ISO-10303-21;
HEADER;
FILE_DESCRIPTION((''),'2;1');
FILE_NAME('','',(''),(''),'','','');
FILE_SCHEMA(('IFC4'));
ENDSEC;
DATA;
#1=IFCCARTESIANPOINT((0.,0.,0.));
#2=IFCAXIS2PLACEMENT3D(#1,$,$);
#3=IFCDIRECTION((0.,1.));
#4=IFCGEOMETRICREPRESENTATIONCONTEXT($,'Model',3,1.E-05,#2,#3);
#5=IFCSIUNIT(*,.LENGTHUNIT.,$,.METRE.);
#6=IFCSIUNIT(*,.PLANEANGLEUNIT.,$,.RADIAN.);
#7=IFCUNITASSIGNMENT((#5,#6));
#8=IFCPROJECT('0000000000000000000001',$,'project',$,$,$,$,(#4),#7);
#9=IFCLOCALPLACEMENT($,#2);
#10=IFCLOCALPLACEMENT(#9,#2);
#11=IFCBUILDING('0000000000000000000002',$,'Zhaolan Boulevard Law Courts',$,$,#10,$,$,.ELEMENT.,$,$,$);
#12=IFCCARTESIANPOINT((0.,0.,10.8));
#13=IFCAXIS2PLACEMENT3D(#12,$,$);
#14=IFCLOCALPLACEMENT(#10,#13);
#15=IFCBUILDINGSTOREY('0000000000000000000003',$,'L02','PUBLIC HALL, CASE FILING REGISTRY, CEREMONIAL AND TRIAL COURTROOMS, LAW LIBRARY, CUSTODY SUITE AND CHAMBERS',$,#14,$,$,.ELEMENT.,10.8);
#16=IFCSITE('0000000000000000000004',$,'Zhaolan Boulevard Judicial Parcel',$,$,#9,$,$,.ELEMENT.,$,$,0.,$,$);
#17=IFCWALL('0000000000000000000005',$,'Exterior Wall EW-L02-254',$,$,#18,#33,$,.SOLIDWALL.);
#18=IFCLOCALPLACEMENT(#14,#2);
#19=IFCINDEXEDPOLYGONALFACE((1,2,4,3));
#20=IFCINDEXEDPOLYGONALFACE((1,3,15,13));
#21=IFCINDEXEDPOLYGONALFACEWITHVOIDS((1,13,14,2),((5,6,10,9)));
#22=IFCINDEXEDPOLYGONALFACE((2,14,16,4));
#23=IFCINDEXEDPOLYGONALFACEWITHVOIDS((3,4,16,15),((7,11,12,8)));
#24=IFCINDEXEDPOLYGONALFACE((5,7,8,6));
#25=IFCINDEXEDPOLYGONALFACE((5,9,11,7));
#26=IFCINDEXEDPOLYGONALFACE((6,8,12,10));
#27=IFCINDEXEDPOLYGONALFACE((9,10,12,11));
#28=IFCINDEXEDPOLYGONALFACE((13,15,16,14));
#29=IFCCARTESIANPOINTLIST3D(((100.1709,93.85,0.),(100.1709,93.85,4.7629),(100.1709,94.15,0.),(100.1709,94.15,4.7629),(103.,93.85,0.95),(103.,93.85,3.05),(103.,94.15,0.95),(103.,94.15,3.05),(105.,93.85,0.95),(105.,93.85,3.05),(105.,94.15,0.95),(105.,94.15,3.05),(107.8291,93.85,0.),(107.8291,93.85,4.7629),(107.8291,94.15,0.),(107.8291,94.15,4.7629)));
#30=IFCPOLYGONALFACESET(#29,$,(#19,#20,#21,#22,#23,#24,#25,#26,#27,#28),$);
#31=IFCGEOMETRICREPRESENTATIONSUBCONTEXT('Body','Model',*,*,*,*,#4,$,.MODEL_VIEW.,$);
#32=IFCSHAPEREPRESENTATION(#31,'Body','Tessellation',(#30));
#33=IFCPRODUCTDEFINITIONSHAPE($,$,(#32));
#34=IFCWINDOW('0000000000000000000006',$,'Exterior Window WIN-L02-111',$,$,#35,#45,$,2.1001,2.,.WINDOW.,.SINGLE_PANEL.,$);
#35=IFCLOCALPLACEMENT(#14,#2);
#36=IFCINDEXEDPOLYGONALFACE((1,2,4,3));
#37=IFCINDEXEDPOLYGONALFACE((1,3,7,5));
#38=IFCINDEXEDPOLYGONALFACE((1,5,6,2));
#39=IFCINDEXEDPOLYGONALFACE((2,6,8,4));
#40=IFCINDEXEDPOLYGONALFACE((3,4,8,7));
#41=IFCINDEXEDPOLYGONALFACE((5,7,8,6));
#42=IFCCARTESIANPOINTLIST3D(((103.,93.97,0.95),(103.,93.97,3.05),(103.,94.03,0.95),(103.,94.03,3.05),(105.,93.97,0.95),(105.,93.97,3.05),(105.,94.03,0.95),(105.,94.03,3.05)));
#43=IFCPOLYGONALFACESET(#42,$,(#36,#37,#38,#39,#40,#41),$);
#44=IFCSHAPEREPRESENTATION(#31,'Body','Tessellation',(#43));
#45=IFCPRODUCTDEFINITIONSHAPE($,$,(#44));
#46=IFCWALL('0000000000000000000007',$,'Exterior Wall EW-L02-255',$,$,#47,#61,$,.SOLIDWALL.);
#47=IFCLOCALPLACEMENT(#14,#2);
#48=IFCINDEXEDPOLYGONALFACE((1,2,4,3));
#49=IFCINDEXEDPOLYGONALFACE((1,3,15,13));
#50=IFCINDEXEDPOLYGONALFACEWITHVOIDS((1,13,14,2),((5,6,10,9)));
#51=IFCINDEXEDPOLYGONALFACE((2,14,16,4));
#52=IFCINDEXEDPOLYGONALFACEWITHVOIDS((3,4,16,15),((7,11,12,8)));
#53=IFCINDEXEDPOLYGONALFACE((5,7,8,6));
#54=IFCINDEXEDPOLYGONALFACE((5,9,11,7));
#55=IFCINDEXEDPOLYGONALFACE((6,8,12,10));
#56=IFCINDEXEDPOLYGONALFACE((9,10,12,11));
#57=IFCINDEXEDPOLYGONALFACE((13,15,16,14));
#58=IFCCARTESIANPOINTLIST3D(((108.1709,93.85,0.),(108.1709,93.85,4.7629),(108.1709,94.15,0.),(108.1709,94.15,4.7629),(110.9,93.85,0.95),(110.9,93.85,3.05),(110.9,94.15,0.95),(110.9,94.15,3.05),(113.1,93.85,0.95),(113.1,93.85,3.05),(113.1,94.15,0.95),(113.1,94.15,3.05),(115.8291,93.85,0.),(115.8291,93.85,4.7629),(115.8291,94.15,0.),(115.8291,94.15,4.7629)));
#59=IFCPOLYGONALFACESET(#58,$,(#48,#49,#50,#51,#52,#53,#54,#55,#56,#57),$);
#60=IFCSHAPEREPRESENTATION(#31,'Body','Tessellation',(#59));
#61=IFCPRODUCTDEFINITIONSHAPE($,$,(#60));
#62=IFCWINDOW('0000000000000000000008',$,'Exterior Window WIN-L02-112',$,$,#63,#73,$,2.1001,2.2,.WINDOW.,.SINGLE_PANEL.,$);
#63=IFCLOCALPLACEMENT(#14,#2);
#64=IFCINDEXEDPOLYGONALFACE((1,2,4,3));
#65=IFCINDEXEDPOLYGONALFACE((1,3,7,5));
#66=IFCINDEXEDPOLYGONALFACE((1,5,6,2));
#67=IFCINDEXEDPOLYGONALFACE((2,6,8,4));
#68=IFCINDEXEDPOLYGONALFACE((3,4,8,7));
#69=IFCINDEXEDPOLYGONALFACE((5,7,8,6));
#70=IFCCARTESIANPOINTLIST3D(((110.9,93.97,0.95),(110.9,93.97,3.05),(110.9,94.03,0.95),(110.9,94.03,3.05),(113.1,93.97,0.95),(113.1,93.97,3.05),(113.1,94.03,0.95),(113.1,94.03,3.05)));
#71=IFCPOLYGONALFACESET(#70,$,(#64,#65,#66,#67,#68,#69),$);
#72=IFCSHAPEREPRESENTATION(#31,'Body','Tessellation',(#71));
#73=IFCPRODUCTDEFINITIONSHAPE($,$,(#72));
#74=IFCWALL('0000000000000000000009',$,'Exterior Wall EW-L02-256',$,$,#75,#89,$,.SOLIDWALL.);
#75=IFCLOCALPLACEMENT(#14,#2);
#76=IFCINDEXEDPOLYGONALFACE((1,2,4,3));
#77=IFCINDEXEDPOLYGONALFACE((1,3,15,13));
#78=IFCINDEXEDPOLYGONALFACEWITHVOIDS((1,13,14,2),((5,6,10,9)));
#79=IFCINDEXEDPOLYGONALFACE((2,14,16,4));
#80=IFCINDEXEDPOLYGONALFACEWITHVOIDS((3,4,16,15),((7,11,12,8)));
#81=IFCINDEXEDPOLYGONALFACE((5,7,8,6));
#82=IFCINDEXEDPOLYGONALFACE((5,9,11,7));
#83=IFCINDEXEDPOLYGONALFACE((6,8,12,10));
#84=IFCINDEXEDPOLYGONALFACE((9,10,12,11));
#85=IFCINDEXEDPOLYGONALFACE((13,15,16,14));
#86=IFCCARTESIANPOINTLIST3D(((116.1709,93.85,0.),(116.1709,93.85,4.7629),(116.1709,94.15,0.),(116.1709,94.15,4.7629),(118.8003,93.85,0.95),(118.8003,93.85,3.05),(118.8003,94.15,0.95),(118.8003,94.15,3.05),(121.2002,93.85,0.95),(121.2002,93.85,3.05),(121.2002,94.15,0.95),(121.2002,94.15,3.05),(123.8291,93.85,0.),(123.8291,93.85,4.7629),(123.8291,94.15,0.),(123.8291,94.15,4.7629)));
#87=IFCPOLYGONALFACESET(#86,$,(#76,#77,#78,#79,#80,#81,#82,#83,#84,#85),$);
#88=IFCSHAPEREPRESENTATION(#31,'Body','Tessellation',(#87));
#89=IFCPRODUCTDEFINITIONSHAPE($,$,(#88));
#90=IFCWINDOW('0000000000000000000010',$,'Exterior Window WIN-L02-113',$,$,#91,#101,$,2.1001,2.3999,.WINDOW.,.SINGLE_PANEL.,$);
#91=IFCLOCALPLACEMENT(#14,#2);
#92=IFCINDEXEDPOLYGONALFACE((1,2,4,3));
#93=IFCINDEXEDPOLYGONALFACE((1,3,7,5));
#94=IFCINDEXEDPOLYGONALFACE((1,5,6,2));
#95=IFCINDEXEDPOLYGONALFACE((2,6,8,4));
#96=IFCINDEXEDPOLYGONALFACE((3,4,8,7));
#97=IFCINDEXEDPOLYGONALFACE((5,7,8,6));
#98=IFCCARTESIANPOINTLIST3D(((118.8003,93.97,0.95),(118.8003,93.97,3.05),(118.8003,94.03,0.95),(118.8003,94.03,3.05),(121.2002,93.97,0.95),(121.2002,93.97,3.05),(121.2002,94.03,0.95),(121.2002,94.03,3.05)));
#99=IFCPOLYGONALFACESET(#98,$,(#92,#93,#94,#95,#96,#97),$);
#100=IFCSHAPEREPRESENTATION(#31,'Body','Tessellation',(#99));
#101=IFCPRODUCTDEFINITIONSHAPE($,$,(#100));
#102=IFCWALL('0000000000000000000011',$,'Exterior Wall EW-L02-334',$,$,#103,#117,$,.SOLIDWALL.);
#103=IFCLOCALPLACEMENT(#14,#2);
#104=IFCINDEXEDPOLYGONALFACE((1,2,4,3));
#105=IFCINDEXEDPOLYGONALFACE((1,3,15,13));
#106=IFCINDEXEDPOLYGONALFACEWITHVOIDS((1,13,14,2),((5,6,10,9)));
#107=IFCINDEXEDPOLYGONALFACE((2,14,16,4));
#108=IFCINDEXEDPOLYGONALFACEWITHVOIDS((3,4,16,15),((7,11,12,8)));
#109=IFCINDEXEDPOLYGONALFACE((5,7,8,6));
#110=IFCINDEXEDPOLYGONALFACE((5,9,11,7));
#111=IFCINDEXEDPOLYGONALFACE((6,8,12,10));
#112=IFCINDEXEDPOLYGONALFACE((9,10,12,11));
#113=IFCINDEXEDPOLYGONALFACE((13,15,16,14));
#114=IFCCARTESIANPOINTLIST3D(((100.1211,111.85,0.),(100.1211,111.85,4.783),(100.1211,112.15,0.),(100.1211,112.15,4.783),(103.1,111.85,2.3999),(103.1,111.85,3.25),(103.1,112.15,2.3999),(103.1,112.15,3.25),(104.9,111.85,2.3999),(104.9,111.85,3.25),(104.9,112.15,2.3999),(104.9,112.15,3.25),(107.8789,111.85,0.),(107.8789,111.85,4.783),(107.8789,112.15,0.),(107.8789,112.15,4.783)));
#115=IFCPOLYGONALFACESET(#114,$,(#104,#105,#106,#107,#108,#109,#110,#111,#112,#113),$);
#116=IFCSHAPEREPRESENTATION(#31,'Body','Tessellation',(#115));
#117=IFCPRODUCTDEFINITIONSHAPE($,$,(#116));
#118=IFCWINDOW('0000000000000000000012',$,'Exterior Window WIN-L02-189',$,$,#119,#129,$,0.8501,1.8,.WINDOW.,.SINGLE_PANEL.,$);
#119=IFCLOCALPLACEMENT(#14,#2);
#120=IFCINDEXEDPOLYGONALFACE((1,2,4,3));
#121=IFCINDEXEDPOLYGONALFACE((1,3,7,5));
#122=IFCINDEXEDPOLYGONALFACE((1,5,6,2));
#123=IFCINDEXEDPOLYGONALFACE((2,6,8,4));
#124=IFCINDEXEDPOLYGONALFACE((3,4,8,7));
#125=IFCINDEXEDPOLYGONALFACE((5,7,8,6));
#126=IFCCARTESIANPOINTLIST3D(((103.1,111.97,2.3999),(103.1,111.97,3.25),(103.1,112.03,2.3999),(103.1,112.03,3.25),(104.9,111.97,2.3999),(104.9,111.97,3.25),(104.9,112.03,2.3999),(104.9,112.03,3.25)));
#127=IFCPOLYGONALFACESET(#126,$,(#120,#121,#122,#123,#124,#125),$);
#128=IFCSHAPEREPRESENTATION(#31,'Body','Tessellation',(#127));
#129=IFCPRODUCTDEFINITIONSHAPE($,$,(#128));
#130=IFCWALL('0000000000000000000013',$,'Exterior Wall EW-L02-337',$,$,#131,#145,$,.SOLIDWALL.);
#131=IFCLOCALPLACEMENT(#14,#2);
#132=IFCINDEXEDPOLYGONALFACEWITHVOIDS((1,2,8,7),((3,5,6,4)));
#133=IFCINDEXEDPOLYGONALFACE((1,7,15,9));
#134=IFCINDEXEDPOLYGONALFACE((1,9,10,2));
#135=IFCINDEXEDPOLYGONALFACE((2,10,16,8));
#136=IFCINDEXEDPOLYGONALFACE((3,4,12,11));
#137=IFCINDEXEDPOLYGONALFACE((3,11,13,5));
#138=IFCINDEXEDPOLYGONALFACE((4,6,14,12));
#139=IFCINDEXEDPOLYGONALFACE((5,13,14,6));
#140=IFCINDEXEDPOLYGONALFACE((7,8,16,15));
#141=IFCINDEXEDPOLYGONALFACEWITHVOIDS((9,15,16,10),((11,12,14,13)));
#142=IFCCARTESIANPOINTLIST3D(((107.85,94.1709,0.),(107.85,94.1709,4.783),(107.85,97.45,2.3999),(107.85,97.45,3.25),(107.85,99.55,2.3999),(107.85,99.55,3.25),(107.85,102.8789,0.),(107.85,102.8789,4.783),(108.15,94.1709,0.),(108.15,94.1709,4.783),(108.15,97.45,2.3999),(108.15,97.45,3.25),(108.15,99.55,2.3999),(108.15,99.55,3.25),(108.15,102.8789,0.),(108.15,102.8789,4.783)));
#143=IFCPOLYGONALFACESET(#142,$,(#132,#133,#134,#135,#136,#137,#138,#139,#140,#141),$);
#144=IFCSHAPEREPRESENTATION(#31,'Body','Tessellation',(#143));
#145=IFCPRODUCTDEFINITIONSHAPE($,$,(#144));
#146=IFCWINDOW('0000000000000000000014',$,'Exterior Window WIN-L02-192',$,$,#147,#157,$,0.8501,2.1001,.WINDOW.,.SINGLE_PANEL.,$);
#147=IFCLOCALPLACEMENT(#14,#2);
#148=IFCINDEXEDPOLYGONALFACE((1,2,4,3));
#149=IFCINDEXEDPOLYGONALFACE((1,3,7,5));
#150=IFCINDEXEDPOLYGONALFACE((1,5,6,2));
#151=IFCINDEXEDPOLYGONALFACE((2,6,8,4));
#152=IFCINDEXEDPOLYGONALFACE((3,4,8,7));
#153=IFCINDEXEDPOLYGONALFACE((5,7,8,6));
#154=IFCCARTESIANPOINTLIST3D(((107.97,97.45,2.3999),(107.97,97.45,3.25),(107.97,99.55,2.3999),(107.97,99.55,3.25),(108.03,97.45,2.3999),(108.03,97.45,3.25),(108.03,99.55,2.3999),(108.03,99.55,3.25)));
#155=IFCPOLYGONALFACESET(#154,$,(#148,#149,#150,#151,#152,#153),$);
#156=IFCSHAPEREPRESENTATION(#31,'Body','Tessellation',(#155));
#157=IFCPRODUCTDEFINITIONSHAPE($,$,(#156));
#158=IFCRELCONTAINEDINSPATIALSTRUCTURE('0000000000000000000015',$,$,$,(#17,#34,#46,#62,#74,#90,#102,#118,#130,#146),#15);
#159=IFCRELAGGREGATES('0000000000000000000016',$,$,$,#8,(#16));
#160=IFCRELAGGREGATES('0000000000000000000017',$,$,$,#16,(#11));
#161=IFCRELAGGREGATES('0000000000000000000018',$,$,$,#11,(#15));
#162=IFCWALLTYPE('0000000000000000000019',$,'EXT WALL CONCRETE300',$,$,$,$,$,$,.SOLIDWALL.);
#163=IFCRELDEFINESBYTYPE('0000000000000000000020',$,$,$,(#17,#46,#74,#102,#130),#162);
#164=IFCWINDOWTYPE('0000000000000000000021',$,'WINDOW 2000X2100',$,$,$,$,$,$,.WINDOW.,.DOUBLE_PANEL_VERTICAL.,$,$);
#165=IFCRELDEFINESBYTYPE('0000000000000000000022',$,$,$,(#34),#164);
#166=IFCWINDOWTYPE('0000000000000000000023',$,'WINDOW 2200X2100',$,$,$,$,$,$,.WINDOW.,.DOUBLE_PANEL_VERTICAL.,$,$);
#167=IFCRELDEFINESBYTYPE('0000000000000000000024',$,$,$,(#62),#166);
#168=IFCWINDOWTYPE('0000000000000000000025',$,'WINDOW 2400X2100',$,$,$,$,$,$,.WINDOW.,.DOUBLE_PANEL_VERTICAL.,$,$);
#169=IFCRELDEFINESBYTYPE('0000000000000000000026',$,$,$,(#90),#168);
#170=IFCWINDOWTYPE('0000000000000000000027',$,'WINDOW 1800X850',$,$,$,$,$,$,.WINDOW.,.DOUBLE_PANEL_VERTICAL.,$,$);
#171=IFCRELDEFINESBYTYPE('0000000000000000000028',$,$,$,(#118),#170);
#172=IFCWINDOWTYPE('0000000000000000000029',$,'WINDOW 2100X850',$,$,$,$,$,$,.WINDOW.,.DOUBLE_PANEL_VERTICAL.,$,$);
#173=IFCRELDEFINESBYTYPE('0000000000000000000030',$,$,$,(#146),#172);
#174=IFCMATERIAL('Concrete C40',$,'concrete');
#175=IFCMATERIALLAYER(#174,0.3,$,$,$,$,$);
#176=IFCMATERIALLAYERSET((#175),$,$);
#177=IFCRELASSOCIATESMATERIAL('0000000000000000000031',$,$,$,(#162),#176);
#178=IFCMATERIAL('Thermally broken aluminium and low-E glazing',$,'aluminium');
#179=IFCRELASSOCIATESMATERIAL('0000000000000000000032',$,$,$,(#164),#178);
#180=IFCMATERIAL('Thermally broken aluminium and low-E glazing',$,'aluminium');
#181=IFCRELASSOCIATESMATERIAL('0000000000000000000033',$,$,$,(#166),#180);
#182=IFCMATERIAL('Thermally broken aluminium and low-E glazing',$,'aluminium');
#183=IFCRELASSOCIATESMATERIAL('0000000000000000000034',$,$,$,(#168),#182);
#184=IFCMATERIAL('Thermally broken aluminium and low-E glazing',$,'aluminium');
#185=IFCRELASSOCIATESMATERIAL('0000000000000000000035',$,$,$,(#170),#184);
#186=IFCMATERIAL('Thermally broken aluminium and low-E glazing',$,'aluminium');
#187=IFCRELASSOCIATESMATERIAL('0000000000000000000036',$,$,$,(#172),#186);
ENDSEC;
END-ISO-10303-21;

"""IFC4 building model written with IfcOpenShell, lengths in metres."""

from ifc_helpers import new_model, si_unit, direction, frame, frame_2d, origin, place, context, subcontext, project, spatial, rectangle, extrude, material, layer, layer_set, type_object, element, fill, save


model = new_model("IFC4")

# Units and contexts
model_context = context("Model", 3, precision=1e-05, world=origin(), true_north=direction((0.0, 1.0)))
body_context = subcontext(model_context, "Body", "Model", "MODEL_VIEW")
ifc_project = project(units=[si_unit("LENGTHUNIT", "METRE"), si_unit("PLANEANGLEUNIT", "RADIAN")], contexts=[model_context])

# Site, building, storey
site_placement = place(None, origin())
site = spatial("IfcSite", under=ifc_project, at=site_placement, Name="Zhaolan Boulevard Judicial Parcel", CompositionType="ELEMENT", RefElevation=0.0)
building_placement = place(site_placement, origin())
building = spatial("IfcBuilding", under=site, at=building_placement, Name="Zhaolan Boulevard Law Courts", CompositionType="ELEMENT")
storey_placement = place(building_placement, frame((0.0, 0.0, 10.8)))
storey = spatial("IfcBuildingStorey", under=building, at=storey_placement, Name="L02", Description="PUBLIC HALL, CASE FILING REGISTRY, CEREMONIAL AND TRIAL COURTROOMS, LAW LIBRARY, CUSTODY SUITE AND CHAMBERS", CompositionType="ELEMENT", Elevation=10.8)

# Walls, openings, windows
ifc_material_1 = material(Name="Concrete C40", Category="concrete")
ifc_layer_1 = layer(ifc_material_1, 0.3)
ifc_layer_set_1 = layer_set([ifc_layer_1])
wall_type_1 = type_object("IfcWallType", Name="EXT WALL CONCRETE300", PredefinedType="SOLIDWALL", material=ifc_layer_set_1)
wall_1_placement = place(storey_placement, frame((107.8291, 94.0, 0.0), z_axis=(0.0, 0.0, 1.0), x_axis=(-1.0, 0.0, 0.0)))
wall_1 = element("IfcWall", 1, at=wall_1_placement, inside=storey, type_object=wall_type_1, Name="Exterior Wall EW-L02-254", PredefinedType="SOLIDWALL", context=body_context, shape_type="SweptSolid", body=[
    extrude(rectangle(XDim=7.6582, YDim=0.3, at=frame_2d((3.8291, 0.0))), origin(), (0.0, 0.0, 1.0), 4.7629),
])
opening_1_placement = place(wall_1_placement, frame((2.8291, 0.0, 0.95)))
opening_1 = element("IfcOpeningElement", 2, at=opening_1_placement, cuts=wall_1, PredefinedType="OPENING", context=body_context, shape_type="SweptSolid", body=[
    extrude(rectangle(XDim=2.0, YDim=2.1001, at=frame_2d((1.0, 1.05))), frame((0.0, 0.1599, 0.0), z_axis=(0.0, -1.0, 0.0), x_axis=(1.0, 0.0, 0.0)), (0.0, 0.0, 1.0), 0.3201),
])
ifc_material_2 = material(Name="Thermally broken aluminium and low-E glazing", Category="aluminium")
window_type_1 = type_object("IfcWindowType", Name="WINDOW 2000X2100", PartitioningType="DOUBLE_PANEL_VERTICAL", PredefinedType="WINDOW", material=ifc_material_2)
window_1_placement = place(opening_1_placement, origin())
window_1 = element("IfcWindow", 3, at=window_1_placement, inside=storey, type_object=window_type_1, Name="Exterior Window WIN-L02-111", OverallHeight=2.1001, OverallWidth=2.0, PartitioningType="SINGLE_PANEL", PredefinedType="WINDOW", context=body_context, shape_type="SweptSolid", body=[
    extrude(rectangle(XDim=2.0, YDim=2.1001, at=frame_2d((1.0, 1.05))), frame((0.0, 0.03, 0.0), z_axis=(0.0, -1.0, 0.0), x_axis=(1.0, 0.0, 0.0)), (0.0, 0.0, 1.0), 0.0601),
])
fill(opening_1, window_1)
wall_2_placement = place(storey_placement, frame((115.8291, 94.0, 0.0), z_axis=(0.0, 0.0, 1.0), x_axis=(-1.0, 0.0, 0.0)))
wall_2 = element("IfcWall", 4, at=wall_2_placement, inside=storey, type_object=wall_type_1, Name="Exterior Wall EW-L02-255", PredefinedType="SOLIDWALL", context=body_context, shape_type="SweptSolid", body=[
    extrude(rectangle(XDim=7.6582, YDim=0.3, at=frame_2d((3.8291, 0.0))), origin(), (0.0, 0.0, 1.0), 4.7629),
])
opening_2_placement = place(wall_2_placement, frame((2.729, 0.0, 0.95)))
opening_2 = element("IfcOpeningElement", 5, at=opening_2_placement, cuts=wall_2, PredefinedType="OPENING", context=body_context, shape_type="SweptSolid", body=[
    extrude(rectangle(XDim=2.2, YDim=2.1001, at=frame_2d((1.1001, 1.05))), frame((0.0, 0.1599, 0.0), z_axis=(0.0, -1.0, 0.0), x_axis=(1.0, 0.0, 0.0)), (0.0, 0.0, 1.0), 0.3201),
])
ifc_material_3 = material(Name="Thermally broken aluminium and low-E glazing", Category="aluminium")
window_type_2 = type_object("IfcWindowType", Name="WINDOW 2200X2100", PartitioningType="DOUBLE_PANEL_VERTICAL", PredefinedType="WINDOW", material=ifc_material_3)
window_2_placement = place(opening_2_placement, origin())
window_2 = element("IfcWindow", 6, at=window_2_placement, inside=storey, type_object=window_type_2, Name="Exterior Window WIN-L02-112", OverallHeight=2.1001, OverallWidth=2.2, PartitioningType="SINGLE_PANEL", PredefinedType="WINDOW", context=body_context, shape_type="SweptSolid", body=[
    extrude(rectangle(XDim=2.2, YDim=2.1001, at=frame_2d((1.1001, 1.05))), frame((0.0, 0.03, 0.0), z_axis=(0.0, -1.0, 0.0), x_axis=(1.0, 0.0, 0.0)), (0.0, 0.0, 1.0), 0.0601),
])
fill(opening_2, window_2)
wall_3_placement = place(storey_placement, frame((123.8291, 94.0, 0.0), z_axis=(0.0, 0.0, 1.0), x_axis=(-1.0, 0.0, 0.0)))
wall_3 = element("IfcWall", 7, at=wall_3_placement, inside=storey, type_object=wall_type_1, Name="Exterior Wall EW-L02-256", PredefinedType="SOLIDWALL", context=body_context, shape_type="SweptSolid", body=[
    extrude(rectangle(XDim=7.6582, YDim=0.3, at=frame_2d((3.8291, 0.0))), origin(), (0.0, 0.0, 1.0), 4.7629),
])
opening_3_placement = place(wall_3_placement, frame((2.6289, 0.0, 0.95)))
opening_3 = element("IfcOpeningElement", 8, at=opening_3_placement, cuts=wall_3, PredefinedType="OPENING", context=body_context, shape_type="SweptSolid", body=[
    extrude(rectangle(XDim=2.3999, YDim=2.1001, at=frame_2d((1.2, 1.05))), frame((0.0, 0.1599, 0.0), z_axis=(0.0, -1.0, 0.0), x_axis=(1.0, 0.0, 0.0)), (0.0, 0.0, 1.0), 0.3201),
])
ifc_material_4 = material(Name="Thermally broken aluminium and low-E glazing", Category="aluminium")
window_type_3 = type_object("IfcWindowType", Name="WINDOW 2400X2100", PartitioningType="DOUBLE_PANEL_VERTICAL", PredefinedType="WINDOW", material=ifc_material_4)
window_3_placement = place(opening_3_placement, origin())
window_3 = element("IfcWindow", 9, at=window_3_placement, inside=storey, type_object=window_type_3, Name="Exterior Window WIN-L02-113", OverallHeight=2.1001, OverallWidth=2.3999, PartitioningType="SINGLE_PANEL", PredefinedType="WINDOW", context=body_context, shape_type="SweptSolid", body=[
    extrude(rectangle(XDim=2.3999, YDim=2.1001, at=frame_2d((1.2, 1.05))), frame((0.0, 0.03, 0.0), z_axis=(0.0, -1.0, 0.0), x_axis=(1.0, 0.0, 0.0)), (0.0, 0.0, 1.0), 0.0601),
])
fill(opening_3, window_3)
wall_4_placement = place(storey_placement, frame((107.8789, 112.0, 0.0), z_axis=(0.0, 0.0, 1.0), x_axis=(-1.0, 0.0, 0.0)))
wall_4 = element("IfcWall", 10, at=wall_4_placement, inside=storey, type_object=wall_type_1, Name="Exterior Wall EW-L02-334", PredefinedType="SOLIDWALL", context=body_context, shape_type="SweptSolid", body=[
    extrude(rectangle(XDim=7.7578, YDim=0.3, at=frame_2d((3.8789, 0.0))), origin(), (0.0, 0.0, 1.0), 4.783),
])
opening_4_placement = place(wall_4_placement, frame((2.979, 0.0, 2.3999)))
opening_4 = element("IfcOpeningElement", 11, at=opening_4_placement, cuts=wall_4, PredefinedType="OPENING", context=body_context, shape_type="SweptSolid", body=[
    extrude(rectangle(XDim=1.8, YDim=0.8501, at=frame_2d((0.8999, 0.425))), frame((0.0, 0.1599, 0.0), z_axis=(0.0, -1.0, 0.0), x_axis=(1.0, 0.0, 0.0)), (0.0, 0.0, 1.0), 0.3201),
])
ifc_material_5 = material(Name="Thermally broken aluminium and low-E glazing", Category="aluminium")
window_type_4 = type_object("IfcWindowType", Name="WINDOW 1800X850", PartitioningType="DOUBLE_PANEL_VERTICAL", PredefinedType="WINDOW", material=ifc_material_5)
window_4_placement = place(opening_4_placement, origin())
window_4 = element("IfcWindow", 12, at=window_4_placement, inside=storey, type_object=window_type_4, Name="Exterior Window WIN-L02-189", OverallHeight=0.8501, OverallWidth=1.8, PartitioningType="SINGLE_PANEL", PredefinedType="WINDOW", context=body_context, shape_type="SweptSolid", body=[
    extrude(rectangle(XDim=1.8, YDim=0.8501, at=frame_2d((0.8999, 0.425))), frame((0.0, 0.03, 0.0), z_axis=(0.0, -1.0, 0.0), x_axis=(1.0, 0.0, 0.0)), (0.0, 0.0, 1.0), 0.0601),
])
fill(opening_4, window_4)
wall_5_placement = place(storey_placement, frame((108.0, 94.1709, 0.0), z_axis=(0.0, 0.0, 1.0), x_axis=(0.0, 1.0, 0.0)))
wall_5 = element("IfcWall", 13, at=wall_5_placement, inside=storey, type_object=wall_type_1, Name="Exterior Wall EW-L02-337", PredefinedType="SOLIDWALL", context=body_context, shape_type="SweptSolid", body=[
    extrude(rectangle(XDim=8.708, YDim=0.3, at=frame_2d((4.354, 0.0))), origin(), (0.0, 0.0, 1.0), 4.783),
])
opening_5_placement = place(wall_5_placement, frame((3.2791, 0.0, 2.3999)))
opening_5 = element("IfcOpeningElement", 14, at=opening_5_placement, cuts=wall_5, PredefinedType="OPENING", context=body_context, shape_type="SweptSolid", body=[
    extrude(rectangle(XDim=2.1001, YDim=0.8501, at=frame_2d((1.05, 0.425))), frame((0.0, 0.1599, 0.0), z_axis=(0.0, -1.0, 0.0), x_axis=(1.0, 0.0, 0.0)), (0.0, 0.0, 1.0), 0.3201),
])
ifc_material_6 = material(Name="Thermally broken aluminium and low-E glazing", Category="aluminium")
window_type_5 = type_object("IfcWindowType", Name="WINDOW 2100X850", PartitioningType="DOUBLE_PANEL_VERTICAL", PredefinedType="WINDOW", material=ifc_material_6)
window_5_placement = place(opening_5_placement, origin())
window_5 = element("IfcWindow", 15, at=window_5_placement, inside=storey, type_object=window_type_5, Name="Exterior Window WIN-L02-192", OverallHeight=0.8501, OverallWidth=2.1001, PartitioningType="SINGLE_PANEL", PredefinedType="WINDOW", context=body_context, shape_type="SweptSolid", body=[
    extrude(rectangle(XDim=2.1001, YDim=0.8501, at=frame_2d((1.05, 0.425))), frame((0.0, 0.03, 0.0), z_axis=(0.0, -1.0, 0.0), x_axis=(1.0, 0.0, 0.0)), (0.0, 0.0, 1.0), 0.0601),
])
fill(opening_5, window_5)

save(model, "model.ifc")
